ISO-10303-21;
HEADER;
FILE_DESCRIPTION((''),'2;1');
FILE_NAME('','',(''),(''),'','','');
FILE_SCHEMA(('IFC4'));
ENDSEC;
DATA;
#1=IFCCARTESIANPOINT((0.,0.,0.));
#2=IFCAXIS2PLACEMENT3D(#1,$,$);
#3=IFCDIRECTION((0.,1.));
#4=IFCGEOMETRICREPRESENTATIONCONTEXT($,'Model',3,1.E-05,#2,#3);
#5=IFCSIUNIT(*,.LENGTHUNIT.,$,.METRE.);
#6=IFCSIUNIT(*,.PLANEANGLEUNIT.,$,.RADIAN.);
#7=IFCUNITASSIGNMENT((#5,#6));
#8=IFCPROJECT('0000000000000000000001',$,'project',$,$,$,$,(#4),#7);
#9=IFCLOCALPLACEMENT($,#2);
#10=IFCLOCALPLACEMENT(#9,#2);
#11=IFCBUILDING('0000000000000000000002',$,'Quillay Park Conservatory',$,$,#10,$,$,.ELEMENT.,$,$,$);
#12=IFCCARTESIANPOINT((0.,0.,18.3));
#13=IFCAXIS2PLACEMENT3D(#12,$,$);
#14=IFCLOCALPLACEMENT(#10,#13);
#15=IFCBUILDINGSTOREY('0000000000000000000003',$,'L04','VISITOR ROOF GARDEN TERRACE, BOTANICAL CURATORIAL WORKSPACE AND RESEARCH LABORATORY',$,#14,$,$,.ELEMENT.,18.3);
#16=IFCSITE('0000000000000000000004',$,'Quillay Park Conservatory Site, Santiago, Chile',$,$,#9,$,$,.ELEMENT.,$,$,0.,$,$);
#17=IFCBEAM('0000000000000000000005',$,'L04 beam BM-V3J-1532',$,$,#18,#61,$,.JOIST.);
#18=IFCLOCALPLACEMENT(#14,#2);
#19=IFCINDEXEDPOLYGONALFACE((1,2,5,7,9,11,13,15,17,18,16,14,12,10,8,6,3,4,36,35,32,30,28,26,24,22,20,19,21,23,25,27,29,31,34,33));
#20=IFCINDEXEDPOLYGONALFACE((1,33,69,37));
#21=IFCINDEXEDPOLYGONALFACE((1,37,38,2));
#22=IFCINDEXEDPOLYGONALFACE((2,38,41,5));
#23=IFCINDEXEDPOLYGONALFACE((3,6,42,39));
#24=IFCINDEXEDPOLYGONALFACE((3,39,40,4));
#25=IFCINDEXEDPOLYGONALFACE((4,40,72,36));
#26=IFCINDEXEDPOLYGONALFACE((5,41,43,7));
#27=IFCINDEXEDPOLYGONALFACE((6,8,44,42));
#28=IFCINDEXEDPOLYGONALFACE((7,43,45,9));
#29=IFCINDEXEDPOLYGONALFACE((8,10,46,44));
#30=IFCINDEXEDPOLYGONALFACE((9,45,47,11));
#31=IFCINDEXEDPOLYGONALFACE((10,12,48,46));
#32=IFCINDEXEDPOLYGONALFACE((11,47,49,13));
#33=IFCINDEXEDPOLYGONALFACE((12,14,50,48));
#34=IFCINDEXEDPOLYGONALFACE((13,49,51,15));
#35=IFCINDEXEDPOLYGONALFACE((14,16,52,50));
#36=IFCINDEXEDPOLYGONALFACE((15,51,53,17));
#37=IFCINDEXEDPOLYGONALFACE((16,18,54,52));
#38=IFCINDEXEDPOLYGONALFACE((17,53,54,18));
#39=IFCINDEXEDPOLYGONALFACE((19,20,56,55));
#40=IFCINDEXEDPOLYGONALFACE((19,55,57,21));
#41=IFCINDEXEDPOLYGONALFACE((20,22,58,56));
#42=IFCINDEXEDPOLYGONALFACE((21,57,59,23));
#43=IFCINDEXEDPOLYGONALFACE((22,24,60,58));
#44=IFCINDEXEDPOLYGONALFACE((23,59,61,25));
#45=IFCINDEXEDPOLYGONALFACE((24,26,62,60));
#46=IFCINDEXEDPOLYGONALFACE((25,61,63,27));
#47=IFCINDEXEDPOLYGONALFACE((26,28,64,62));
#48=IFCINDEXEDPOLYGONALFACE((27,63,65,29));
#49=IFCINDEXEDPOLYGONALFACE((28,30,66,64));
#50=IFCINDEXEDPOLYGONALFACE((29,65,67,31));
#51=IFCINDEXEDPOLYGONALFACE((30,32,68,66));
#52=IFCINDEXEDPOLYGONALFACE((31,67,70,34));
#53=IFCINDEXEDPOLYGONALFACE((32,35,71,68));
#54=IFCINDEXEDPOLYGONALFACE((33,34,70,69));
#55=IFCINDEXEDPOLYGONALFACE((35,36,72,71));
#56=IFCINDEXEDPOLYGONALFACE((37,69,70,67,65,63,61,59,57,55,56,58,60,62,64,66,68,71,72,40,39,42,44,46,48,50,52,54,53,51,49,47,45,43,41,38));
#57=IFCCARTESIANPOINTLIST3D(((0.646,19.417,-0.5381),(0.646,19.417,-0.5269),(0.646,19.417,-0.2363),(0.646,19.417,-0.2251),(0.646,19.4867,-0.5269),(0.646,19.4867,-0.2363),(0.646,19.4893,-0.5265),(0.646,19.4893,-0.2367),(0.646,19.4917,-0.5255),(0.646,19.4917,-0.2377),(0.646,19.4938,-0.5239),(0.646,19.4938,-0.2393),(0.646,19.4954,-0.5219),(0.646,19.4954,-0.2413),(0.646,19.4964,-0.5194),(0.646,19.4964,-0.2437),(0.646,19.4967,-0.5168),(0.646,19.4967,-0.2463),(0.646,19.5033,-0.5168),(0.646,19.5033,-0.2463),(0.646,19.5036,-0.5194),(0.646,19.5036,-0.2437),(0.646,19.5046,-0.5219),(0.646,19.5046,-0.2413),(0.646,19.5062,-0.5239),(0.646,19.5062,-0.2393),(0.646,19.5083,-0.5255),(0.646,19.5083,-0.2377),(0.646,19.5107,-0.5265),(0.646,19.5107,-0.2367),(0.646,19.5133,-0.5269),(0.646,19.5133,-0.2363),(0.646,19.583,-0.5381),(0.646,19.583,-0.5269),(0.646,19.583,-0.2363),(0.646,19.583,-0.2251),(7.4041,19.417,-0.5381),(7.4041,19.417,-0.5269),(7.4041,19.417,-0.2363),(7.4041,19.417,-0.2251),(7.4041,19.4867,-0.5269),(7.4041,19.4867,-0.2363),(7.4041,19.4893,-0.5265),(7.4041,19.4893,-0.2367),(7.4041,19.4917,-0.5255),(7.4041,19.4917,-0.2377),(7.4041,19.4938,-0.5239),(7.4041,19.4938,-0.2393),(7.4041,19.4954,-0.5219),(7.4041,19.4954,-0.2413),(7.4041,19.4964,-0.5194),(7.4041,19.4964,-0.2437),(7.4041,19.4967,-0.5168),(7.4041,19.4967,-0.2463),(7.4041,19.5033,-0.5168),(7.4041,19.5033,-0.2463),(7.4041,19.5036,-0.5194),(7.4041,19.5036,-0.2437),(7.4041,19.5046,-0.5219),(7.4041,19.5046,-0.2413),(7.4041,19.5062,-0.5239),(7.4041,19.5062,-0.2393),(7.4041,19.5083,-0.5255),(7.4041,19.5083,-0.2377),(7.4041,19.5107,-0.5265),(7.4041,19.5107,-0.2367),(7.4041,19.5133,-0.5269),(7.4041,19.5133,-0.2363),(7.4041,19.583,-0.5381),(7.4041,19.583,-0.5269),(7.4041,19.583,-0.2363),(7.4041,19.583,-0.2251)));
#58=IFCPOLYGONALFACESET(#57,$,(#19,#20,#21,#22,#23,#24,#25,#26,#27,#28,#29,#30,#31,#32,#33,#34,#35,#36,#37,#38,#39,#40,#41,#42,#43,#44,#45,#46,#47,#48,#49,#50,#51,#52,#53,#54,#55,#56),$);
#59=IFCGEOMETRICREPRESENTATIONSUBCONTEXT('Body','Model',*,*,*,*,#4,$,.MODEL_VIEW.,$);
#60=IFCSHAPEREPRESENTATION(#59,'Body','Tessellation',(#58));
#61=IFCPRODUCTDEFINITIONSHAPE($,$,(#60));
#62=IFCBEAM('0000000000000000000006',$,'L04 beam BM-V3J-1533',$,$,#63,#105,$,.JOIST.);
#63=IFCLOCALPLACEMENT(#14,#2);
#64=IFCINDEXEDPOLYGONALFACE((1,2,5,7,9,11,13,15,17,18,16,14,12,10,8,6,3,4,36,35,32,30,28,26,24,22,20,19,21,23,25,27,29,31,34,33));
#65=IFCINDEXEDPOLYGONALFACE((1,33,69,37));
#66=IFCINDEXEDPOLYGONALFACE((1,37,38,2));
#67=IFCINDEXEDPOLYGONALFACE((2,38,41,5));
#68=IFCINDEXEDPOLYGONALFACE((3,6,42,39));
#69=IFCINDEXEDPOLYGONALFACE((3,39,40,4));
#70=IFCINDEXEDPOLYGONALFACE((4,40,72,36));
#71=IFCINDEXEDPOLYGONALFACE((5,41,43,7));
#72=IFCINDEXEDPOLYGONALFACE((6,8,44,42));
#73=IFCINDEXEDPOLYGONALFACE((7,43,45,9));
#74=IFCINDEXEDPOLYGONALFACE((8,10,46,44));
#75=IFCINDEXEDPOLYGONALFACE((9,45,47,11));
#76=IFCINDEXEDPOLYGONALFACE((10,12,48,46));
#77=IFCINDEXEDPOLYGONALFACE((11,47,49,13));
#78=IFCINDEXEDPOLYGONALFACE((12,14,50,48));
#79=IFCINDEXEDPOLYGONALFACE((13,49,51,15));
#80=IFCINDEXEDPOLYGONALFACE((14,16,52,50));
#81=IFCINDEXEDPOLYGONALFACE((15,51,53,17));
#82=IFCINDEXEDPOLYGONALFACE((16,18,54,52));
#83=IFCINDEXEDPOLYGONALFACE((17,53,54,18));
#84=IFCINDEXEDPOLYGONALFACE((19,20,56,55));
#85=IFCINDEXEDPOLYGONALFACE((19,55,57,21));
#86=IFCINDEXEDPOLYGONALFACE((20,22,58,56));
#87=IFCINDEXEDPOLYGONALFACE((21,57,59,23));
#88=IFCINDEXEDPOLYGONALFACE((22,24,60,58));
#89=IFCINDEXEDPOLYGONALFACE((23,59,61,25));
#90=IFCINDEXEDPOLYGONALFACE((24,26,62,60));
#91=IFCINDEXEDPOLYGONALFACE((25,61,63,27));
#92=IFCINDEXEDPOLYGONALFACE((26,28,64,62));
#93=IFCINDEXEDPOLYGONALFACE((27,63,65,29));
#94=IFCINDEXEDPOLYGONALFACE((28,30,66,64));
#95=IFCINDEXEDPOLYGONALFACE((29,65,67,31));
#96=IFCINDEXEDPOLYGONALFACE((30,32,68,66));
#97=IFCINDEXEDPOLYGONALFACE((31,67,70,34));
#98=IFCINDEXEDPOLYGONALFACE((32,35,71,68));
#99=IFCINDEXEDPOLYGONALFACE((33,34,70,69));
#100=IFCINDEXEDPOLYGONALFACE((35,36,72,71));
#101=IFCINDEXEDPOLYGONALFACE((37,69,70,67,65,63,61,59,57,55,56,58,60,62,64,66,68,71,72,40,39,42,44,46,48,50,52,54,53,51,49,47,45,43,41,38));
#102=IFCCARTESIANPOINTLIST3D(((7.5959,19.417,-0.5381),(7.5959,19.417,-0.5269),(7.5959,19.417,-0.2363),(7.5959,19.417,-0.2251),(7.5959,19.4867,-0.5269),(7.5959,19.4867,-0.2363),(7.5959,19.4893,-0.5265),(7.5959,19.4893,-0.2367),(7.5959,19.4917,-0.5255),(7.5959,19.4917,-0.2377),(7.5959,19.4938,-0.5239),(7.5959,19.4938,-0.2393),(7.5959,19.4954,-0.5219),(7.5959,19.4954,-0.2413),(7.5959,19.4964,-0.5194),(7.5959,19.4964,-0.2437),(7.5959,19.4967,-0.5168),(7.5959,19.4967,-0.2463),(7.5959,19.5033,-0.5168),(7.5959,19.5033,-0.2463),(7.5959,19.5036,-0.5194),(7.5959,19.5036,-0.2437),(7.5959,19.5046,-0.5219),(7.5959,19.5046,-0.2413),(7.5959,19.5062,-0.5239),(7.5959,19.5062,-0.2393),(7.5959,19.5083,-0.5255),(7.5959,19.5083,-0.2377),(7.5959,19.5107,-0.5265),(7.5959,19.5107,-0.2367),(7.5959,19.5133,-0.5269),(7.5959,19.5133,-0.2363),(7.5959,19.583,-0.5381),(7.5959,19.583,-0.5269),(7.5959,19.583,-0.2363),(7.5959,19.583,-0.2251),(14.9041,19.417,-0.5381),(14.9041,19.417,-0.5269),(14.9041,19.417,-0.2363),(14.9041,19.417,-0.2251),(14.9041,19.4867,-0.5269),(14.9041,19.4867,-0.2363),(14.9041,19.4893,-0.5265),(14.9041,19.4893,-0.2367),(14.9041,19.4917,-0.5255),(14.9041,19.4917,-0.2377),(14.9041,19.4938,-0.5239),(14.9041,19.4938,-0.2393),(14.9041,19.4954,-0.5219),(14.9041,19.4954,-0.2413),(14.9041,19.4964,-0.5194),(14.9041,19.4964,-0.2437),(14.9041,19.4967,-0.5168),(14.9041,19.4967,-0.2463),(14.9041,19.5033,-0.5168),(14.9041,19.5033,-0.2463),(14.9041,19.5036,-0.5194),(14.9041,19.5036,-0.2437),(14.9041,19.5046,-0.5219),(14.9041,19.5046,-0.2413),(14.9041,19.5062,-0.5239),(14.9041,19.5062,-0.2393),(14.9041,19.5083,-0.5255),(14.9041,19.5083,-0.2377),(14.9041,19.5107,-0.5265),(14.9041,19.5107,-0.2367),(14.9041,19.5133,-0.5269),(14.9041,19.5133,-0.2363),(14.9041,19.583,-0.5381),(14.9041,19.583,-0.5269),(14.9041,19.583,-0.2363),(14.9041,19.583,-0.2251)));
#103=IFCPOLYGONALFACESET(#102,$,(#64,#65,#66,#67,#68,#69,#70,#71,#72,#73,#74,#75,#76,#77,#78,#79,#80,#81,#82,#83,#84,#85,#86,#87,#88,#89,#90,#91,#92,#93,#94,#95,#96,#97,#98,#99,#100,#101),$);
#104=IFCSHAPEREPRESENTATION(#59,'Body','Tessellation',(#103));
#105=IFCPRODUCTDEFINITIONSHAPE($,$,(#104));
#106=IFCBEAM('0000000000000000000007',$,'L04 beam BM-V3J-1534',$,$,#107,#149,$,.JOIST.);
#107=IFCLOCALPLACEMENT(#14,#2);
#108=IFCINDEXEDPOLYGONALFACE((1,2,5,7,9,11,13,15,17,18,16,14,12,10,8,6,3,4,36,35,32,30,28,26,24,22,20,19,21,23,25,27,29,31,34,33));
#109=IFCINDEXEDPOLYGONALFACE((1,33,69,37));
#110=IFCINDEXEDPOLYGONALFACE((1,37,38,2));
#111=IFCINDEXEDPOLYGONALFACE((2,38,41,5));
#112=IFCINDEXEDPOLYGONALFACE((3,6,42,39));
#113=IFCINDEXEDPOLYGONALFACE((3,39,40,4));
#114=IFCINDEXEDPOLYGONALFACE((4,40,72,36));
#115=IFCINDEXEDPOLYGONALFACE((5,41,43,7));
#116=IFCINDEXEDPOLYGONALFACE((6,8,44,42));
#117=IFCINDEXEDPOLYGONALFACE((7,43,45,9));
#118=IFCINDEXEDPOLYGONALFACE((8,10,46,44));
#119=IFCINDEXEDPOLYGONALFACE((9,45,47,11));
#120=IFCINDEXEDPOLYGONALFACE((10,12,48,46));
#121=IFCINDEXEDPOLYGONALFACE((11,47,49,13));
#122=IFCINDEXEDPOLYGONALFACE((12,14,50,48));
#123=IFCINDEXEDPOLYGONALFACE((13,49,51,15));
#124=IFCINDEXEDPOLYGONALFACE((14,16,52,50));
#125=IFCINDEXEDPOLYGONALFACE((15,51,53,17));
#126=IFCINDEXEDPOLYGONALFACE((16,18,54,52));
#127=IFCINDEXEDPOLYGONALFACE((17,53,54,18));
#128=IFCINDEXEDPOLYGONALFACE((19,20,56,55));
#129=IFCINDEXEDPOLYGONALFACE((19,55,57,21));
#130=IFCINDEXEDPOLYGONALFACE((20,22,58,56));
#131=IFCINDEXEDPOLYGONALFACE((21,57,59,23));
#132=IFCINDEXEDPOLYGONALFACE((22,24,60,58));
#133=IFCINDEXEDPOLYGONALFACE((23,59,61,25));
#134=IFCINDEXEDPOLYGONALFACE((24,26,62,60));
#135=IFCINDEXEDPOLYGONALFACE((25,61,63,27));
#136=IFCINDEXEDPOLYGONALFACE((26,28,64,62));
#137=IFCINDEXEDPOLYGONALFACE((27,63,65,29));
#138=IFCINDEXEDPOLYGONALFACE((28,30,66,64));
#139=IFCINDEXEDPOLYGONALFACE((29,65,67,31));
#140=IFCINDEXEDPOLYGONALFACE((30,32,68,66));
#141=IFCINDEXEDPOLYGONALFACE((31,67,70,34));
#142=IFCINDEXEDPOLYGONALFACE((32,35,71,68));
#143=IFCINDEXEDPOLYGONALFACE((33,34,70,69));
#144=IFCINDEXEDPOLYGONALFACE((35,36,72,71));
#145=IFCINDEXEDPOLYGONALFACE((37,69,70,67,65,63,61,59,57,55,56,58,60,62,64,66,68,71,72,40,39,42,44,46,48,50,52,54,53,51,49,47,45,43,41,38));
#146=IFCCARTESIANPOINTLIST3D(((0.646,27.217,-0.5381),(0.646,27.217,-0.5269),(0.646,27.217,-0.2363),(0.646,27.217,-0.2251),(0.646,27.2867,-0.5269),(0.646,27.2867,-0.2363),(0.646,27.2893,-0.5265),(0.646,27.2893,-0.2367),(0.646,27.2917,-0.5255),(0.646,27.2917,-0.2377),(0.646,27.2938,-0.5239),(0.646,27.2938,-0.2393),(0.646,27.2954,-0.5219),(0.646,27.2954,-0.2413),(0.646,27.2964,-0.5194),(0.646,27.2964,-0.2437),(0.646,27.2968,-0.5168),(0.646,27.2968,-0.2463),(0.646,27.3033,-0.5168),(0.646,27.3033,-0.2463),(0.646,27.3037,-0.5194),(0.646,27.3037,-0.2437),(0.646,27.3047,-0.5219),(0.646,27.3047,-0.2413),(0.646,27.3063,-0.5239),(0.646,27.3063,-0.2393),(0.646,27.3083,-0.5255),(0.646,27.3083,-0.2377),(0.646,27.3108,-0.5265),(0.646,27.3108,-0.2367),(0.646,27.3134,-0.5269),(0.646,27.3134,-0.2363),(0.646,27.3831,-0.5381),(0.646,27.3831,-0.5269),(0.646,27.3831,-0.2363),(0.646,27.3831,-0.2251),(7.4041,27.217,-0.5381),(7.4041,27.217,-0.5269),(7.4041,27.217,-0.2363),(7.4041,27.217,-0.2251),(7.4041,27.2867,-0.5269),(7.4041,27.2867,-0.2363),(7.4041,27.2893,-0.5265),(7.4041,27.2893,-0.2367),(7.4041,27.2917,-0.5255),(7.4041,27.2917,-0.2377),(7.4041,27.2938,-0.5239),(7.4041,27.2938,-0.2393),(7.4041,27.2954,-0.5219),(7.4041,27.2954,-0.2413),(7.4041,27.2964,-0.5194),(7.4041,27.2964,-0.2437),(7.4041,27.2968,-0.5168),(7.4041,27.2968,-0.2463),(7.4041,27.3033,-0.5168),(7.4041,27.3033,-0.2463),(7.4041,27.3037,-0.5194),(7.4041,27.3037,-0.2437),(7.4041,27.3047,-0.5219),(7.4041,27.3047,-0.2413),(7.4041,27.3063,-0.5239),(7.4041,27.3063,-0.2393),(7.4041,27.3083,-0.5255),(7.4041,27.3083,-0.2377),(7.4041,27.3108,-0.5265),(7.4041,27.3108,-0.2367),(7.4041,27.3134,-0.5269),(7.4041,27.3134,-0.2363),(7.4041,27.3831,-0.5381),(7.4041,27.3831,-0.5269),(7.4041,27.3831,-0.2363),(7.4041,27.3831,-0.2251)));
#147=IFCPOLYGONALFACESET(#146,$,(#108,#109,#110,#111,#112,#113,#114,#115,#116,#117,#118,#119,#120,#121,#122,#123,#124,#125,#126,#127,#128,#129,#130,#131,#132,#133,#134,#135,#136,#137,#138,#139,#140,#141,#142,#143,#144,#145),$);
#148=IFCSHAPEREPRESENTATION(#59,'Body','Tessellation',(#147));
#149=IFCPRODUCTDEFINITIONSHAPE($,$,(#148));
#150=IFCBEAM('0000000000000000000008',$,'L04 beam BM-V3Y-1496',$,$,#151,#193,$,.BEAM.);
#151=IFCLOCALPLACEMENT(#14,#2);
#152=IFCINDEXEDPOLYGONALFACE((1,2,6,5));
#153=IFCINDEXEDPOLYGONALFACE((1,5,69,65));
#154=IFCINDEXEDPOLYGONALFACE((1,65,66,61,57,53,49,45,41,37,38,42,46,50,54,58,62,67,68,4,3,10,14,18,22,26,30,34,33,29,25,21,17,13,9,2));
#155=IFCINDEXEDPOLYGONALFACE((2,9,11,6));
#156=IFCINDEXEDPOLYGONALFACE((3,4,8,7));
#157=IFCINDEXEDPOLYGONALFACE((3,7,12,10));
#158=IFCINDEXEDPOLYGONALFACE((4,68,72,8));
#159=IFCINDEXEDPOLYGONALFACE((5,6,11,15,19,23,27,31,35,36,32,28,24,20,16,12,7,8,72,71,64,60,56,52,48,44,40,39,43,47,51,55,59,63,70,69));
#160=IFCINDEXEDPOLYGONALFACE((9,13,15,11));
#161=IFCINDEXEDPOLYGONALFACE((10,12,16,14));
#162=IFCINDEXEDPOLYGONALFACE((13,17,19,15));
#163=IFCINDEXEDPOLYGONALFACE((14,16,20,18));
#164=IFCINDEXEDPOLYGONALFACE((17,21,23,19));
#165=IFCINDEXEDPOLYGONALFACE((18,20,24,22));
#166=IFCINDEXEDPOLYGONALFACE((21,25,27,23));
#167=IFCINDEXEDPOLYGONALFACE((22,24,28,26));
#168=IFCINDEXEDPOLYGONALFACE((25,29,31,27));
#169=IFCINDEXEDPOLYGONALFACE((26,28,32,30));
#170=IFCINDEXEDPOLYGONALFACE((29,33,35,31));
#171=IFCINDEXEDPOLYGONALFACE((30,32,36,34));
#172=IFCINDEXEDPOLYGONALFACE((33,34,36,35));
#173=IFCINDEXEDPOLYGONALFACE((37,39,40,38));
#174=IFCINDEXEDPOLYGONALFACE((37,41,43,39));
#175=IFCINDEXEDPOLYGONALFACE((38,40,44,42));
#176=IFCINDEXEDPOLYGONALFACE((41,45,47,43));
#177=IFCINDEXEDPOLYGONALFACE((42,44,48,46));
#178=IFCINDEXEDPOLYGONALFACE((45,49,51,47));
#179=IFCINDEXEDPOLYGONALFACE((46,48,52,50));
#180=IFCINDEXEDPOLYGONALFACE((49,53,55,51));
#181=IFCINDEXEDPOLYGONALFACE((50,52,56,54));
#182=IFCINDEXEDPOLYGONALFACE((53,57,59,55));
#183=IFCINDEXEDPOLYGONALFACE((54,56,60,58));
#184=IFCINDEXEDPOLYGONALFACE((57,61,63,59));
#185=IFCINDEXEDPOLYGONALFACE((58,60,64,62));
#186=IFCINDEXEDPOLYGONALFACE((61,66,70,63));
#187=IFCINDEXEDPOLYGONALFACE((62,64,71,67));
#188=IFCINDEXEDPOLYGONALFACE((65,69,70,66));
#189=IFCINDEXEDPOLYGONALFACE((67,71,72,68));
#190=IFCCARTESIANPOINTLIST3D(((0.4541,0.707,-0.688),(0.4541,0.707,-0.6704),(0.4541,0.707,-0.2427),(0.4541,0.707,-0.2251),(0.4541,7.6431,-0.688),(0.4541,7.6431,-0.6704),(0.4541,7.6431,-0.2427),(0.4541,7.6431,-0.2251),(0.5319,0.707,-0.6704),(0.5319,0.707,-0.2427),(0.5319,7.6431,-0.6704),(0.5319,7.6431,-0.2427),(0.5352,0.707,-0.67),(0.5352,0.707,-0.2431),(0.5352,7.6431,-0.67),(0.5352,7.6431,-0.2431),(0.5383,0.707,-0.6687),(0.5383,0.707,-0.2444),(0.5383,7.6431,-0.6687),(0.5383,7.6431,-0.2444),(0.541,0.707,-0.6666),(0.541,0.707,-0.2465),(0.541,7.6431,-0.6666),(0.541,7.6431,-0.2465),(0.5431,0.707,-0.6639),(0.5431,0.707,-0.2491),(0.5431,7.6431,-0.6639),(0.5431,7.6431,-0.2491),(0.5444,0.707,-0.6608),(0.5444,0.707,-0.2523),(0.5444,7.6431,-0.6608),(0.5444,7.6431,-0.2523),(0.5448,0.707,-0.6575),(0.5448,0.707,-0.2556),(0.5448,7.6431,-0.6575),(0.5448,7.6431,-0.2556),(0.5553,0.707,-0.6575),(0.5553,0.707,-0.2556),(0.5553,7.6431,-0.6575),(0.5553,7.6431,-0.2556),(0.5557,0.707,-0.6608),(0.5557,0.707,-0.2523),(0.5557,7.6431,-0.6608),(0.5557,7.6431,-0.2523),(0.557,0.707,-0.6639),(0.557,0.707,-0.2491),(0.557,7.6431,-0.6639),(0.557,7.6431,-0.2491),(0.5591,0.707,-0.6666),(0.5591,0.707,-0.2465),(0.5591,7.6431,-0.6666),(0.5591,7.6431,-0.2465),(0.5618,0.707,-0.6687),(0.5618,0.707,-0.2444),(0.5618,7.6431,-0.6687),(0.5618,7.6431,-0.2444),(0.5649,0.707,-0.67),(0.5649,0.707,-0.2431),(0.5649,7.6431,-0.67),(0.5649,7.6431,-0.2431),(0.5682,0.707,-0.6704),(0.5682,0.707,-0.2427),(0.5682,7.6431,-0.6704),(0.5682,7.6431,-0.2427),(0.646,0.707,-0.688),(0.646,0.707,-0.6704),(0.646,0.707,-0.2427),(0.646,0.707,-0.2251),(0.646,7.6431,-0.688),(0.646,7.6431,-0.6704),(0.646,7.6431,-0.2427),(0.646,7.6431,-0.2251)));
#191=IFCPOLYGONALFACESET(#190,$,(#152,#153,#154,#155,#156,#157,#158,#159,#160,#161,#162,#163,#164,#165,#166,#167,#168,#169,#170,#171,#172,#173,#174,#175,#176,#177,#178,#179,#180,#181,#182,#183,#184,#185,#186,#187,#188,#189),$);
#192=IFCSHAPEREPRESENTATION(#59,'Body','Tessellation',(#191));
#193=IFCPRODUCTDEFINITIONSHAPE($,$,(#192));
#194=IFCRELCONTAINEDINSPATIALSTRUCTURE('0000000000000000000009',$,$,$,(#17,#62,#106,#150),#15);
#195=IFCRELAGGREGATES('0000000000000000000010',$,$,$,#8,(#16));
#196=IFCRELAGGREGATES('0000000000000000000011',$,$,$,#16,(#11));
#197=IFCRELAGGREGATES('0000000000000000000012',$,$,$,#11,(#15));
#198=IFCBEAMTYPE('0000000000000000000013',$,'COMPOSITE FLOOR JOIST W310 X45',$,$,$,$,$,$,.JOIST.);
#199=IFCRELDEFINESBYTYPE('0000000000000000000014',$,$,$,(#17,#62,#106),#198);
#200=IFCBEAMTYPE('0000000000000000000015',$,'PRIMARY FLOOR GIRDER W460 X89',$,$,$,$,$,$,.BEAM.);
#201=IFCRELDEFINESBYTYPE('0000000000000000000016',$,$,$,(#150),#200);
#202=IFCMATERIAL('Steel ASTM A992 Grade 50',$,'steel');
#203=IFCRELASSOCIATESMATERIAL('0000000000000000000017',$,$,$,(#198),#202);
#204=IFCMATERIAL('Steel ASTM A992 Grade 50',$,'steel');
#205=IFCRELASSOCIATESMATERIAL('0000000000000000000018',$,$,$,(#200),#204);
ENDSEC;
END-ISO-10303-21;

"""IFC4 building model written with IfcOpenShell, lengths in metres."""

from ifc_helpers import new_model, si_unit, direction, frame, origin, origin_2d, place, context, subcontext, project, spatial, i_section, extrude, material, material_profile, profile_set, type_object, element, save


model = new_model("IFC4")

# Units and contexts
model_context = context("Model", 3, precision=1e-05, world=origin(), true_north=direction((0.0, 1.0)))
body_context = subcontext(model_context, "Body", "Model", "MODEL_VIEW")
ifc_project = project(units=[si_unit("LENGTHUNIT", "METRE"), si_unit("PLANEANGLEUNIT", "RADIAN")], contexts=[model_context])

# Site, building, storey
site_placement = place(None, origin())
site = spatial("IfcSite", under=ifc_project, at=site_placement, Name="Quillay Park Conservatory Site, Santiago, Chile", CompositionType="ELEMENT", RefElevation=0.0)
building_placement = place(site_placement, origin())
building = spatial("IfcBuilding", under=site, at=building_placement, Name="Quillay Park Conservatory", CompositionType="ELEMENT")
storey_placement = place(building_placement, frame((0.0, 0.0, 18.3)))
storey = spatial("IfcBuildingStorey", under=building, at=storey_placement, Name="L04", Description="VISITOR ROOF GARDEN TERRACE, BOTANICAL CURATORIAL WORKSPACE AND RESEARCH LABORATORY", CompositionType="ELEMENT", Elevation=18.3)

# Beams
ifc_material_1 = material(Name="Steel ASTM A992 Grade 50", Category="steel")
ifc_material_profile_1 = material_profile(ifc_material_1, i_section(OverallWidth=0.166, OverallDepth=0.313, WebThickness=0.0066, FlangeThickness=0.0112, FilletRadius=0.01, at=origin_2d()), Name="W310x45")
ifc_profile_set_1 = profile_set([ifc_material_profile_1], Name="Steel ASTM A992 Grade 50")
beam_type_1 = type_object("IfcBeamType", Name="COMPOSITE FLOOR JOIST W310 X45", PredefinedType="JOIST", material=ifc_profile_set_1)
beam_1_placement = place(storey_placement, frame((0.646, 19.5, -0.3816), z_axis=(1.0, 0.0, 0.0), x_axis=(0.0, 1.0, 0.0)))
element("IfcBeam", 1, at=beam_1_placement, inside=storey, type_object=beam_type_1, Name="L04 beam BM-V3J-1532", PredefinedType="JOIST", context=body_context, shape_type="SweptSolid", body=[
    extrude(i_section(OverallWidth=0.166, OverallDepth=0.313, WebThickness=0.0066, FlangeThickness=0.0112, FilletRadius=0.01, at=origin_2d()), origin(), (0.0, 0.0, 1.0), 6.7581),
])
beam_2_placement = place(storey_placement, frame((7.5959, 19.5, -0.3816), z_axis=(1.0, 0.0, 0.0), x_axis=(0.0, 1.0, 0.0)))
element("IfcBeam", 2, at=beam_2_placement, inside=storey, type_object=beam_type_1, Name="L04 beam BM-V3J-1533", PredefinedType="JOIST", context=body_context, shape_type="SweptSolid", body=[
    extrude(i_section(OverallWidth=0.166, OverallDepth=0.313, WebThickness=0.0066, FlangeThickness=0.0112, FilletRadius=0.01, at=origin_2d()), origin(), (0.0, 0.0, 1.0), 7.3081),
])
beam_3_placement = place(storey_placement, frame((0.646, 27.3, -0.3816), z_axis=(1.0, 0.0, 0.0), x_axis=(0.0, 1.0, 0.0)))
element("IfcBeam", 3, at=beam_3_placement, inside=storey, type_object=beam_type_1, Name="L04 beam BM-V3J-1534", PredefinedType="JOIST", context=body_context, shape_type="SweptSolid", body=[
    extrude(i_section(OverallWidth=0.166, OverallDepth=0.313, WebThickness=0.0066, FlangeThickness=0.0112, FilletRadius=0.01, at=origin_2d()), origin(), (0.0, 0.0, 1.0), 6.7581),
])
ifc_material_2 = material(Name="Steel ASTM A992 Grade 50", Category="steel")
ifc_material_profile_2 = material_profile(ifc_material_2, i_section(OverallWidth=0.1919, OverallDepth=0.4629, WebThickness=0.0105, FlangeThickness=0.0176, FilletRadius=0.0129, at=origin_2d()), Name="W460x89")
ifc_profile_set_2 = profile_set([ifc_material_profile_2], Name="Steel ASTM A992 Grade 50")
beam_type_2 = type_object("IfcBeamType", Name="PRIMARY FLOOR GIRDER W460 X89", PredefinedType="BEAM", material=ifc_profile_set_2)
beam_4_placement = place(storey_placement, frame((0.55, 0.707, -0.4565), z_axis=(0.0, 1.0, 0.0), x_axis=(-1.0, 0.0, 0.0)))
element("IfcBeam", 4, at=beam_4_placement, inside=storey, type_object=beam_type_2, Name="L04 beam BM-V3Y-1496", PredefinedType="BEAM", context=body_context, shape_type="SweptSolid", body=[
    extrude(i_section(OverallWidth=0.1919, OverallDepth=0.4629, WebThickness=0.0105, FlangeThickness=0.0176, FilletRadius=0.0129, at=origin_2d()), origin(), (0.0, 0.0, 1.0), 6.936),
])

save(model, "model.ifc")
